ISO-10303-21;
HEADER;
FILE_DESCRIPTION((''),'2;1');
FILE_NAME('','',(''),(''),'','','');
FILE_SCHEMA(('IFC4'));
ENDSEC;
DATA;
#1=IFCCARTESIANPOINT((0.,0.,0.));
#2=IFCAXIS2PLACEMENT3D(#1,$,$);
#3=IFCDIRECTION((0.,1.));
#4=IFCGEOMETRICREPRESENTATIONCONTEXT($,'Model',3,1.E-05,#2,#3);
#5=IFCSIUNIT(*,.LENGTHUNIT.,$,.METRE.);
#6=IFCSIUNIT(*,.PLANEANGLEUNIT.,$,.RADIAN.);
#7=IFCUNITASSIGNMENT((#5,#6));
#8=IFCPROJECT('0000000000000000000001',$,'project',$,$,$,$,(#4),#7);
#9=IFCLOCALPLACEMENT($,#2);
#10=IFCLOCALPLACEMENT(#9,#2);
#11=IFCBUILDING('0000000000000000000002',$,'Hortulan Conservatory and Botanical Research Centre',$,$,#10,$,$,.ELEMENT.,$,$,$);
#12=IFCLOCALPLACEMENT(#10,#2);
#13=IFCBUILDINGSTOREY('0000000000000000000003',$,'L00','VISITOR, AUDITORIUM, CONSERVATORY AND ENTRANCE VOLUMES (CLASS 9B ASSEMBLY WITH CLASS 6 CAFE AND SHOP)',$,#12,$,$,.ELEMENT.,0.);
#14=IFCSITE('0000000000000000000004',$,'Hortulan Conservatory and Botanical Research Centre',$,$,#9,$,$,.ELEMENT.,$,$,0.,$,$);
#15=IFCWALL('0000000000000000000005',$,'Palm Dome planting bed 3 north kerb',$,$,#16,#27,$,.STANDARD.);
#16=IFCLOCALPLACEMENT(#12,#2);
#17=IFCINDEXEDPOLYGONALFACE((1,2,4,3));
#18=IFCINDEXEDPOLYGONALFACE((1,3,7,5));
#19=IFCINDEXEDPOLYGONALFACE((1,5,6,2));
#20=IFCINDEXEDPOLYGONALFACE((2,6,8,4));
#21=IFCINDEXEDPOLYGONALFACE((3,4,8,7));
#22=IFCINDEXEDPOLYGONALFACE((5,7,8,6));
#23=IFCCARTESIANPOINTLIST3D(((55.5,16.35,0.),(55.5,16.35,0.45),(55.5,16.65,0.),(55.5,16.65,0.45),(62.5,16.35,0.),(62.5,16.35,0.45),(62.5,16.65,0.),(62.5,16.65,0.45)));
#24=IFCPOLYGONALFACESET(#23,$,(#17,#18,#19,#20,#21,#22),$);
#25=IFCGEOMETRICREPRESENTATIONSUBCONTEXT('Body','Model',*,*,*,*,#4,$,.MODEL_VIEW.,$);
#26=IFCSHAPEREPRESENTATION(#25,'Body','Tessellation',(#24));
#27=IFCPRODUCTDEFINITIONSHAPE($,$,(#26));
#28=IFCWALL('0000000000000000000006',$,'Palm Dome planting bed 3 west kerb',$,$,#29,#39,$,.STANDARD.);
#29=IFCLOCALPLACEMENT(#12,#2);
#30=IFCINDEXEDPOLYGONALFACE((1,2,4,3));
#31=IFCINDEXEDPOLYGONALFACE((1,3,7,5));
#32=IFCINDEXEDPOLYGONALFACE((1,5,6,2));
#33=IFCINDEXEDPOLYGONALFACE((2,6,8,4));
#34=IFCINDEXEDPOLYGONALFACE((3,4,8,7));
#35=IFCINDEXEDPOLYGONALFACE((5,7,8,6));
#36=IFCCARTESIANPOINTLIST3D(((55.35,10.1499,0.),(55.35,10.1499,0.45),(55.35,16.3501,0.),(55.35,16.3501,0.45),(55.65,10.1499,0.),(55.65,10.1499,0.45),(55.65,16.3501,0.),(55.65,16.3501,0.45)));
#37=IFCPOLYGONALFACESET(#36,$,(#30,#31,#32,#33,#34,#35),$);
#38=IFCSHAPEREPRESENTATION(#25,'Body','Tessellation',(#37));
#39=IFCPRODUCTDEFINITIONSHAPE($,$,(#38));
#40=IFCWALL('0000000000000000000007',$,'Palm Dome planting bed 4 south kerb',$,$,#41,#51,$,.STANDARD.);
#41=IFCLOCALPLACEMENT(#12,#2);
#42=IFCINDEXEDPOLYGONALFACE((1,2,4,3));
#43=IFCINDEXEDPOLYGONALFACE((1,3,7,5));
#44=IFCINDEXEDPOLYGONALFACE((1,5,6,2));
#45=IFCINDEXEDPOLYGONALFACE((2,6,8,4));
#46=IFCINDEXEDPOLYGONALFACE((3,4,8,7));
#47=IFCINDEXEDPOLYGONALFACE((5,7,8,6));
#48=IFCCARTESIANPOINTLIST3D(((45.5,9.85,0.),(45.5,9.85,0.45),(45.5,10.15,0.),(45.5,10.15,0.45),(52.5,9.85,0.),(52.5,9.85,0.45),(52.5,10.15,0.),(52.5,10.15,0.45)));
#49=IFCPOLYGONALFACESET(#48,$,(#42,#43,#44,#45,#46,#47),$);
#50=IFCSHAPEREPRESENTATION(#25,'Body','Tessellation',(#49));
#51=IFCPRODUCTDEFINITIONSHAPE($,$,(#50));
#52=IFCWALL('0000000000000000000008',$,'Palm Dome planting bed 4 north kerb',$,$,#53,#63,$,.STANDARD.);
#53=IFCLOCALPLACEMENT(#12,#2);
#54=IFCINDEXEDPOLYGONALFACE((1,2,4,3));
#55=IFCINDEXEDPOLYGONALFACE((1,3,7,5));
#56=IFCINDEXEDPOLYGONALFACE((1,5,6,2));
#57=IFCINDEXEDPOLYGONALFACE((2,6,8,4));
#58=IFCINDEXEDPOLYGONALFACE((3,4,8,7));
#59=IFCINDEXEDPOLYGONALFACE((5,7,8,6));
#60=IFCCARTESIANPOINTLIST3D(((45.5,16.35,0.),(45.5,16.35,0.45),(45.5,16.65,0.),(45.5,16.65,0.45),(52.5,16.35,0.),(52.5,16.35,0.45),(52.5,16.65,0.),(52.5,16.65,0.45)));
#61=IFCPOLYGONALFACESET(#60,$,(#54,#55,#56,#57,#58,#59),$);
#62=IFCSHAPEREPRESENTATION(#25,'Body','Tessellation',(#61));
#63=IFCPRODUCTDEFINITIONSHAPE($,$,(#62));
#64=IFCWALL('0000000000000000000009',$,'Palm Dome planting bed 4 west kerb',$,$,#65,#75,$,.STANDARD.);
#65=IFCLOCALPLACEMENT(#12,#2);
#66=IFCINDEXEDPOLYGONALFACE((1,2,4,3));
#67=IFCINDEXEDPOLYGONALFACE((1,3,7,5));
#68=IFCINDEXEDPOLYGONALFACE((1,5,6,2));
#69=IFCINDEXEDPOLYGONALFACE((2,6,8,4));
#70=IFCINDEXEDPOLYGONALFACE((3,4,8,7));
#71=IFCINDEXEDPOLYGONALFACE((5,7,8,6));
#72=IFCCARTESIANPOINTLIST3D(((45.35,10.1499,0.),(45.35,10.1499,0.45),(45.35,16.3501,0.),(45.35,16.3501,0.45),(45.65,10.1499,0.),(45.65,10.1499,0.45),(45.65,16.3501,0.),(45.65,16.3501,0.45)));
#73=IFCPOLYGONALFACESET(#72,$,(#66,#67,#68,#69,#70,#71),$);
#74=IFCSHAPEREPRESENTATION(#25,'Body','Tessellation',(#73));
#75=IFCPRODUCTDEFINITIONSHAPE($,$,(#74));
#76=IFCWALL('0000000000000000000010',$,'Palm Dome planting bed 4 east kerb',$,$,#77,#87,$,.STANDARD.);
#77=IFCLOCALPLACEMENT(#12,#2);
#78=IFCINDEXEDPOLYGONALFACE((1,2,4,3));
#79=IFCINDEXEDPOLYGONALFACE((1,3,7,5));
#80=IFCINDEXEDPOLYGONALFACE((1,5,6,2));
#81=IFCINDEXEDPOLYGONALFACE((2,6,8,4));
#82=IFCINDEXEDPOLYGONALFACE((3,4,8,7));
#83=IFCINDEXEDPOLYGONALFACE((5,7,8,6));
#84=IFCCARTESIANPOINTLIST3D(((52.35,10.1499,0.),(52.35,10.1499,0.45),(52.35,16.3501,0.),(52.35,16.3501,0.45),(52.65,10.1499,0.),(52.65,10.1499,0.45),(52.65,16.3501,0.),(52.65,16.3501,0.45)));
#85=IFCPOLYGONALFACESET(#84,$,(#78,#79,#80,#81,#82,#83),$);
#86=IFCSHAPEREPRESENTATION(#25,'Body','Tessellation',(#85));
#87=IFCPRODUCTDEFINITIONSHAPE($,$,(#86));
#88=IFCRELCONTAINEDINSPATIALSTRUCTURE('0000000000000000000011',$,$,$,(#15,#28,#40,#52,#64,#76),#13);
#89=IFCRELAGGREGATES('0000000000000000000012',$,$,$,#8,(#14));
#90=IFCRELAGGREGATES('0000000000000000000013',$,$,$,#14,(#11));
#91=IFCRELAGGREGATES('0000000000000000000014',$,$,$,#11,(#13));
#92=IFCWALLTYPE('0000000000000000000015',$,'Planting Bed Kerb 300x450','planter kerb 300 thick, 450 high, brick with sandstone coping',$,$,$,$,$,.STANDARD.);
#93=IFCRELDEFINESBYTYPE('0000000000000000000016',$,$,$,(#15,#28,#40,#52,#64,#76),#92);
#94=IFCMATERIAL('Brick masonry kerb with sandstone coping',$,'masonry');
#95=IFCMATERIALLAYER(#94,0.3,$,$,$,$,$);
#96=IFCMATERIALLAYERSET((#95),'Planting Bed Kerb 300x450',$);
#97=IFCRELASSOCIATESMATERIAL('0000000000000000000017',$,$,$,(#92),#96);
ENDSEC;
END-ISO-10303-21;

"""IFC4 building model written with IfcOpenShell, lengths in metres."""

from ifc_helpers import new_model, si_unit, direction, frame, frame_2d, origin, place, context, subcontext, project, spatial, rectangle, extrude, material, layer, layer_set, type_object, element, save


model = new_model("IFC4")

# Units and contexts
model_context = context("Model", 3, precision=1e-05, world=origin(), true_north=direction((0.0, 1.0)))
body_context = subcontext(model_context, "Body", "Model", "MODEL_VIEW")
ifc_project = project(units=[si_unit("LENGTHUNIT", "METRE"), si_unit("PLANEANGLEUNIT", "RADIAN")], contexts=[model_context])

# Site, building, storey
site_placement = place(None, origin())
site = spatial("IfcSite", under=ifc_project, at=site_placement, Name="Hortulan Conservatory and Botanical Research Centre", CompositionType="ELEMENT", RefElevation=0.0)
building_placement = place(site_placement, origin())
building = spatial("IfcBuilding", under=site, at=building_placement, Name="Hortulan Conservatory and Botanical Research Centre", CompositionType="ELEMENT")
storey_placement = place(building_placement, origin())
storey = spatial("IfcBuildingStorey", under=building, at=storey_placement, Name="L00", Description="VISITOR, AUDITORIUM, CONSERVATORY AND ENTRANCE VOLUMES (CLASS 9B ASSEMBLY WITH CLASS 6 CAFE AND SHOP)", CompositionType="ELEMENT", Elevation=0.0)

# Walls
ifc_material_1 = material(Name="Brick masonry kerb with sandstone coping", Category="masonry")
ifc_layer_1 = layer(ifc_material_1, 0.3)
ifc_layer_set_1 = layer_set([ifc_layer_1], Name="Planting Bed Kerb 300x450")
wall_type = type_object("IfcWallType", Name="Planting Bed Kerb 300x450", Description="planter kerb 300 thick, 450 high, brick with sandstone coping", PredefinedType="STANDARD", material=ifc_layer_set_1)
for number, where, z_axis, x_axis, name in (
    (1, (55.5, 16.5, 0.0), (0.0, 0.0, 1.0), (1.0, 0.0, 0.0), "Palm Dome planting bed 3 north kerb"),
):
    element("IfcWall", number, at=place(storey_placement, frame(where, z_axis=z_axis, x_axis=x_axis)), inside=storey, type_object=wall_type, Name=name, PredefinedType="STANDARD", context=body_context, shape_type="SweptSolid", body=[
        extrude(rectangle(XDim=7.0, YDim=0.3, at=frame_2d((3.5, 0.0))), origin(), (0.0, 0.0, 1.0), 0.45),
    ])
wall_placement = place(storey_placement, frame((55.5, 10.1499, 0.0), z_axis=(0.0, 0.0, 1.0), x_axis=(0.0, 1.0, 0.0)))
element("IfcWall", 2, at=wall_placement, inside=storey, type_object=wall_type, Name="Palm Dome planting bed 3 west kerb", PredefinedType="STANDARD", context=body_context, shape_type="SweptSolid", body=[
    extrude(rectangle(XDim=6.2002, YDim=0.3, at=frame_2d((3.1001, 0.0))), origin(), (0.0, 0.0, 1.0), 0.45),
])
for number, where, z_axis, x_axis, name in (
    (3, (45.5, 10.0, 0.0), (0.0, 0.0, 1.0), (1.0, 0.0, 0.0), "Palm Dome planting bed 4 south kerb"),
    (4, (45.5, 16.5, 0.0), (0.0, 0.0, 1.0), (1.0, 0.0, 0.0), "Palm Dome planting bed 4 north kerb"),
):
    element("IfcWall", number, at=place(storey_placement, frame(where, z_axis=z_axis, x_axis=x_axis)), inside=storey, type_object=wall_type, Name=name, PredefinedType="STANDARD", context=body_context, shape_type="SweptSolid", body=[
        extrude(rectangle(XDim=7.0, YDim=0.3, at=frame_2d((3.5, 0.0))), origin(), (0.0, 0.0, 1.0), 0.45),
    ])
for number, where, z_axis, x_axis, name in (
    (5, (45.5, 10.1499, 0.0), (0.0, 0.0, 1.0), (0.0, 1.0, 0.0), "Palm Dome planting bed 4 west kerb"),
    (6, (52.5, 10.1499, 0.0), (0.0, 0.0, 1.0), (0.0, 1.0, 0.0), "Palm Dome planting bed 4 east kerb"),
):
    element("IfcWall", number, at=place(storey_placement, frame(where, z_axis=z_axis, x_axis=x_axis)), inside=storey, type_object=wall_type, Name=name, PredefinedType="STANDARD", context=body_context, shape_type="SweptSolid", body=[
        extrude(rectangle(XDim=6.2002, YDim=0.3, at=frame_2d((3.1001, 0.0))), origin(), (0.0, 0.0, 1.0), 0.45),
    ])

save(model, "model.ifc")
